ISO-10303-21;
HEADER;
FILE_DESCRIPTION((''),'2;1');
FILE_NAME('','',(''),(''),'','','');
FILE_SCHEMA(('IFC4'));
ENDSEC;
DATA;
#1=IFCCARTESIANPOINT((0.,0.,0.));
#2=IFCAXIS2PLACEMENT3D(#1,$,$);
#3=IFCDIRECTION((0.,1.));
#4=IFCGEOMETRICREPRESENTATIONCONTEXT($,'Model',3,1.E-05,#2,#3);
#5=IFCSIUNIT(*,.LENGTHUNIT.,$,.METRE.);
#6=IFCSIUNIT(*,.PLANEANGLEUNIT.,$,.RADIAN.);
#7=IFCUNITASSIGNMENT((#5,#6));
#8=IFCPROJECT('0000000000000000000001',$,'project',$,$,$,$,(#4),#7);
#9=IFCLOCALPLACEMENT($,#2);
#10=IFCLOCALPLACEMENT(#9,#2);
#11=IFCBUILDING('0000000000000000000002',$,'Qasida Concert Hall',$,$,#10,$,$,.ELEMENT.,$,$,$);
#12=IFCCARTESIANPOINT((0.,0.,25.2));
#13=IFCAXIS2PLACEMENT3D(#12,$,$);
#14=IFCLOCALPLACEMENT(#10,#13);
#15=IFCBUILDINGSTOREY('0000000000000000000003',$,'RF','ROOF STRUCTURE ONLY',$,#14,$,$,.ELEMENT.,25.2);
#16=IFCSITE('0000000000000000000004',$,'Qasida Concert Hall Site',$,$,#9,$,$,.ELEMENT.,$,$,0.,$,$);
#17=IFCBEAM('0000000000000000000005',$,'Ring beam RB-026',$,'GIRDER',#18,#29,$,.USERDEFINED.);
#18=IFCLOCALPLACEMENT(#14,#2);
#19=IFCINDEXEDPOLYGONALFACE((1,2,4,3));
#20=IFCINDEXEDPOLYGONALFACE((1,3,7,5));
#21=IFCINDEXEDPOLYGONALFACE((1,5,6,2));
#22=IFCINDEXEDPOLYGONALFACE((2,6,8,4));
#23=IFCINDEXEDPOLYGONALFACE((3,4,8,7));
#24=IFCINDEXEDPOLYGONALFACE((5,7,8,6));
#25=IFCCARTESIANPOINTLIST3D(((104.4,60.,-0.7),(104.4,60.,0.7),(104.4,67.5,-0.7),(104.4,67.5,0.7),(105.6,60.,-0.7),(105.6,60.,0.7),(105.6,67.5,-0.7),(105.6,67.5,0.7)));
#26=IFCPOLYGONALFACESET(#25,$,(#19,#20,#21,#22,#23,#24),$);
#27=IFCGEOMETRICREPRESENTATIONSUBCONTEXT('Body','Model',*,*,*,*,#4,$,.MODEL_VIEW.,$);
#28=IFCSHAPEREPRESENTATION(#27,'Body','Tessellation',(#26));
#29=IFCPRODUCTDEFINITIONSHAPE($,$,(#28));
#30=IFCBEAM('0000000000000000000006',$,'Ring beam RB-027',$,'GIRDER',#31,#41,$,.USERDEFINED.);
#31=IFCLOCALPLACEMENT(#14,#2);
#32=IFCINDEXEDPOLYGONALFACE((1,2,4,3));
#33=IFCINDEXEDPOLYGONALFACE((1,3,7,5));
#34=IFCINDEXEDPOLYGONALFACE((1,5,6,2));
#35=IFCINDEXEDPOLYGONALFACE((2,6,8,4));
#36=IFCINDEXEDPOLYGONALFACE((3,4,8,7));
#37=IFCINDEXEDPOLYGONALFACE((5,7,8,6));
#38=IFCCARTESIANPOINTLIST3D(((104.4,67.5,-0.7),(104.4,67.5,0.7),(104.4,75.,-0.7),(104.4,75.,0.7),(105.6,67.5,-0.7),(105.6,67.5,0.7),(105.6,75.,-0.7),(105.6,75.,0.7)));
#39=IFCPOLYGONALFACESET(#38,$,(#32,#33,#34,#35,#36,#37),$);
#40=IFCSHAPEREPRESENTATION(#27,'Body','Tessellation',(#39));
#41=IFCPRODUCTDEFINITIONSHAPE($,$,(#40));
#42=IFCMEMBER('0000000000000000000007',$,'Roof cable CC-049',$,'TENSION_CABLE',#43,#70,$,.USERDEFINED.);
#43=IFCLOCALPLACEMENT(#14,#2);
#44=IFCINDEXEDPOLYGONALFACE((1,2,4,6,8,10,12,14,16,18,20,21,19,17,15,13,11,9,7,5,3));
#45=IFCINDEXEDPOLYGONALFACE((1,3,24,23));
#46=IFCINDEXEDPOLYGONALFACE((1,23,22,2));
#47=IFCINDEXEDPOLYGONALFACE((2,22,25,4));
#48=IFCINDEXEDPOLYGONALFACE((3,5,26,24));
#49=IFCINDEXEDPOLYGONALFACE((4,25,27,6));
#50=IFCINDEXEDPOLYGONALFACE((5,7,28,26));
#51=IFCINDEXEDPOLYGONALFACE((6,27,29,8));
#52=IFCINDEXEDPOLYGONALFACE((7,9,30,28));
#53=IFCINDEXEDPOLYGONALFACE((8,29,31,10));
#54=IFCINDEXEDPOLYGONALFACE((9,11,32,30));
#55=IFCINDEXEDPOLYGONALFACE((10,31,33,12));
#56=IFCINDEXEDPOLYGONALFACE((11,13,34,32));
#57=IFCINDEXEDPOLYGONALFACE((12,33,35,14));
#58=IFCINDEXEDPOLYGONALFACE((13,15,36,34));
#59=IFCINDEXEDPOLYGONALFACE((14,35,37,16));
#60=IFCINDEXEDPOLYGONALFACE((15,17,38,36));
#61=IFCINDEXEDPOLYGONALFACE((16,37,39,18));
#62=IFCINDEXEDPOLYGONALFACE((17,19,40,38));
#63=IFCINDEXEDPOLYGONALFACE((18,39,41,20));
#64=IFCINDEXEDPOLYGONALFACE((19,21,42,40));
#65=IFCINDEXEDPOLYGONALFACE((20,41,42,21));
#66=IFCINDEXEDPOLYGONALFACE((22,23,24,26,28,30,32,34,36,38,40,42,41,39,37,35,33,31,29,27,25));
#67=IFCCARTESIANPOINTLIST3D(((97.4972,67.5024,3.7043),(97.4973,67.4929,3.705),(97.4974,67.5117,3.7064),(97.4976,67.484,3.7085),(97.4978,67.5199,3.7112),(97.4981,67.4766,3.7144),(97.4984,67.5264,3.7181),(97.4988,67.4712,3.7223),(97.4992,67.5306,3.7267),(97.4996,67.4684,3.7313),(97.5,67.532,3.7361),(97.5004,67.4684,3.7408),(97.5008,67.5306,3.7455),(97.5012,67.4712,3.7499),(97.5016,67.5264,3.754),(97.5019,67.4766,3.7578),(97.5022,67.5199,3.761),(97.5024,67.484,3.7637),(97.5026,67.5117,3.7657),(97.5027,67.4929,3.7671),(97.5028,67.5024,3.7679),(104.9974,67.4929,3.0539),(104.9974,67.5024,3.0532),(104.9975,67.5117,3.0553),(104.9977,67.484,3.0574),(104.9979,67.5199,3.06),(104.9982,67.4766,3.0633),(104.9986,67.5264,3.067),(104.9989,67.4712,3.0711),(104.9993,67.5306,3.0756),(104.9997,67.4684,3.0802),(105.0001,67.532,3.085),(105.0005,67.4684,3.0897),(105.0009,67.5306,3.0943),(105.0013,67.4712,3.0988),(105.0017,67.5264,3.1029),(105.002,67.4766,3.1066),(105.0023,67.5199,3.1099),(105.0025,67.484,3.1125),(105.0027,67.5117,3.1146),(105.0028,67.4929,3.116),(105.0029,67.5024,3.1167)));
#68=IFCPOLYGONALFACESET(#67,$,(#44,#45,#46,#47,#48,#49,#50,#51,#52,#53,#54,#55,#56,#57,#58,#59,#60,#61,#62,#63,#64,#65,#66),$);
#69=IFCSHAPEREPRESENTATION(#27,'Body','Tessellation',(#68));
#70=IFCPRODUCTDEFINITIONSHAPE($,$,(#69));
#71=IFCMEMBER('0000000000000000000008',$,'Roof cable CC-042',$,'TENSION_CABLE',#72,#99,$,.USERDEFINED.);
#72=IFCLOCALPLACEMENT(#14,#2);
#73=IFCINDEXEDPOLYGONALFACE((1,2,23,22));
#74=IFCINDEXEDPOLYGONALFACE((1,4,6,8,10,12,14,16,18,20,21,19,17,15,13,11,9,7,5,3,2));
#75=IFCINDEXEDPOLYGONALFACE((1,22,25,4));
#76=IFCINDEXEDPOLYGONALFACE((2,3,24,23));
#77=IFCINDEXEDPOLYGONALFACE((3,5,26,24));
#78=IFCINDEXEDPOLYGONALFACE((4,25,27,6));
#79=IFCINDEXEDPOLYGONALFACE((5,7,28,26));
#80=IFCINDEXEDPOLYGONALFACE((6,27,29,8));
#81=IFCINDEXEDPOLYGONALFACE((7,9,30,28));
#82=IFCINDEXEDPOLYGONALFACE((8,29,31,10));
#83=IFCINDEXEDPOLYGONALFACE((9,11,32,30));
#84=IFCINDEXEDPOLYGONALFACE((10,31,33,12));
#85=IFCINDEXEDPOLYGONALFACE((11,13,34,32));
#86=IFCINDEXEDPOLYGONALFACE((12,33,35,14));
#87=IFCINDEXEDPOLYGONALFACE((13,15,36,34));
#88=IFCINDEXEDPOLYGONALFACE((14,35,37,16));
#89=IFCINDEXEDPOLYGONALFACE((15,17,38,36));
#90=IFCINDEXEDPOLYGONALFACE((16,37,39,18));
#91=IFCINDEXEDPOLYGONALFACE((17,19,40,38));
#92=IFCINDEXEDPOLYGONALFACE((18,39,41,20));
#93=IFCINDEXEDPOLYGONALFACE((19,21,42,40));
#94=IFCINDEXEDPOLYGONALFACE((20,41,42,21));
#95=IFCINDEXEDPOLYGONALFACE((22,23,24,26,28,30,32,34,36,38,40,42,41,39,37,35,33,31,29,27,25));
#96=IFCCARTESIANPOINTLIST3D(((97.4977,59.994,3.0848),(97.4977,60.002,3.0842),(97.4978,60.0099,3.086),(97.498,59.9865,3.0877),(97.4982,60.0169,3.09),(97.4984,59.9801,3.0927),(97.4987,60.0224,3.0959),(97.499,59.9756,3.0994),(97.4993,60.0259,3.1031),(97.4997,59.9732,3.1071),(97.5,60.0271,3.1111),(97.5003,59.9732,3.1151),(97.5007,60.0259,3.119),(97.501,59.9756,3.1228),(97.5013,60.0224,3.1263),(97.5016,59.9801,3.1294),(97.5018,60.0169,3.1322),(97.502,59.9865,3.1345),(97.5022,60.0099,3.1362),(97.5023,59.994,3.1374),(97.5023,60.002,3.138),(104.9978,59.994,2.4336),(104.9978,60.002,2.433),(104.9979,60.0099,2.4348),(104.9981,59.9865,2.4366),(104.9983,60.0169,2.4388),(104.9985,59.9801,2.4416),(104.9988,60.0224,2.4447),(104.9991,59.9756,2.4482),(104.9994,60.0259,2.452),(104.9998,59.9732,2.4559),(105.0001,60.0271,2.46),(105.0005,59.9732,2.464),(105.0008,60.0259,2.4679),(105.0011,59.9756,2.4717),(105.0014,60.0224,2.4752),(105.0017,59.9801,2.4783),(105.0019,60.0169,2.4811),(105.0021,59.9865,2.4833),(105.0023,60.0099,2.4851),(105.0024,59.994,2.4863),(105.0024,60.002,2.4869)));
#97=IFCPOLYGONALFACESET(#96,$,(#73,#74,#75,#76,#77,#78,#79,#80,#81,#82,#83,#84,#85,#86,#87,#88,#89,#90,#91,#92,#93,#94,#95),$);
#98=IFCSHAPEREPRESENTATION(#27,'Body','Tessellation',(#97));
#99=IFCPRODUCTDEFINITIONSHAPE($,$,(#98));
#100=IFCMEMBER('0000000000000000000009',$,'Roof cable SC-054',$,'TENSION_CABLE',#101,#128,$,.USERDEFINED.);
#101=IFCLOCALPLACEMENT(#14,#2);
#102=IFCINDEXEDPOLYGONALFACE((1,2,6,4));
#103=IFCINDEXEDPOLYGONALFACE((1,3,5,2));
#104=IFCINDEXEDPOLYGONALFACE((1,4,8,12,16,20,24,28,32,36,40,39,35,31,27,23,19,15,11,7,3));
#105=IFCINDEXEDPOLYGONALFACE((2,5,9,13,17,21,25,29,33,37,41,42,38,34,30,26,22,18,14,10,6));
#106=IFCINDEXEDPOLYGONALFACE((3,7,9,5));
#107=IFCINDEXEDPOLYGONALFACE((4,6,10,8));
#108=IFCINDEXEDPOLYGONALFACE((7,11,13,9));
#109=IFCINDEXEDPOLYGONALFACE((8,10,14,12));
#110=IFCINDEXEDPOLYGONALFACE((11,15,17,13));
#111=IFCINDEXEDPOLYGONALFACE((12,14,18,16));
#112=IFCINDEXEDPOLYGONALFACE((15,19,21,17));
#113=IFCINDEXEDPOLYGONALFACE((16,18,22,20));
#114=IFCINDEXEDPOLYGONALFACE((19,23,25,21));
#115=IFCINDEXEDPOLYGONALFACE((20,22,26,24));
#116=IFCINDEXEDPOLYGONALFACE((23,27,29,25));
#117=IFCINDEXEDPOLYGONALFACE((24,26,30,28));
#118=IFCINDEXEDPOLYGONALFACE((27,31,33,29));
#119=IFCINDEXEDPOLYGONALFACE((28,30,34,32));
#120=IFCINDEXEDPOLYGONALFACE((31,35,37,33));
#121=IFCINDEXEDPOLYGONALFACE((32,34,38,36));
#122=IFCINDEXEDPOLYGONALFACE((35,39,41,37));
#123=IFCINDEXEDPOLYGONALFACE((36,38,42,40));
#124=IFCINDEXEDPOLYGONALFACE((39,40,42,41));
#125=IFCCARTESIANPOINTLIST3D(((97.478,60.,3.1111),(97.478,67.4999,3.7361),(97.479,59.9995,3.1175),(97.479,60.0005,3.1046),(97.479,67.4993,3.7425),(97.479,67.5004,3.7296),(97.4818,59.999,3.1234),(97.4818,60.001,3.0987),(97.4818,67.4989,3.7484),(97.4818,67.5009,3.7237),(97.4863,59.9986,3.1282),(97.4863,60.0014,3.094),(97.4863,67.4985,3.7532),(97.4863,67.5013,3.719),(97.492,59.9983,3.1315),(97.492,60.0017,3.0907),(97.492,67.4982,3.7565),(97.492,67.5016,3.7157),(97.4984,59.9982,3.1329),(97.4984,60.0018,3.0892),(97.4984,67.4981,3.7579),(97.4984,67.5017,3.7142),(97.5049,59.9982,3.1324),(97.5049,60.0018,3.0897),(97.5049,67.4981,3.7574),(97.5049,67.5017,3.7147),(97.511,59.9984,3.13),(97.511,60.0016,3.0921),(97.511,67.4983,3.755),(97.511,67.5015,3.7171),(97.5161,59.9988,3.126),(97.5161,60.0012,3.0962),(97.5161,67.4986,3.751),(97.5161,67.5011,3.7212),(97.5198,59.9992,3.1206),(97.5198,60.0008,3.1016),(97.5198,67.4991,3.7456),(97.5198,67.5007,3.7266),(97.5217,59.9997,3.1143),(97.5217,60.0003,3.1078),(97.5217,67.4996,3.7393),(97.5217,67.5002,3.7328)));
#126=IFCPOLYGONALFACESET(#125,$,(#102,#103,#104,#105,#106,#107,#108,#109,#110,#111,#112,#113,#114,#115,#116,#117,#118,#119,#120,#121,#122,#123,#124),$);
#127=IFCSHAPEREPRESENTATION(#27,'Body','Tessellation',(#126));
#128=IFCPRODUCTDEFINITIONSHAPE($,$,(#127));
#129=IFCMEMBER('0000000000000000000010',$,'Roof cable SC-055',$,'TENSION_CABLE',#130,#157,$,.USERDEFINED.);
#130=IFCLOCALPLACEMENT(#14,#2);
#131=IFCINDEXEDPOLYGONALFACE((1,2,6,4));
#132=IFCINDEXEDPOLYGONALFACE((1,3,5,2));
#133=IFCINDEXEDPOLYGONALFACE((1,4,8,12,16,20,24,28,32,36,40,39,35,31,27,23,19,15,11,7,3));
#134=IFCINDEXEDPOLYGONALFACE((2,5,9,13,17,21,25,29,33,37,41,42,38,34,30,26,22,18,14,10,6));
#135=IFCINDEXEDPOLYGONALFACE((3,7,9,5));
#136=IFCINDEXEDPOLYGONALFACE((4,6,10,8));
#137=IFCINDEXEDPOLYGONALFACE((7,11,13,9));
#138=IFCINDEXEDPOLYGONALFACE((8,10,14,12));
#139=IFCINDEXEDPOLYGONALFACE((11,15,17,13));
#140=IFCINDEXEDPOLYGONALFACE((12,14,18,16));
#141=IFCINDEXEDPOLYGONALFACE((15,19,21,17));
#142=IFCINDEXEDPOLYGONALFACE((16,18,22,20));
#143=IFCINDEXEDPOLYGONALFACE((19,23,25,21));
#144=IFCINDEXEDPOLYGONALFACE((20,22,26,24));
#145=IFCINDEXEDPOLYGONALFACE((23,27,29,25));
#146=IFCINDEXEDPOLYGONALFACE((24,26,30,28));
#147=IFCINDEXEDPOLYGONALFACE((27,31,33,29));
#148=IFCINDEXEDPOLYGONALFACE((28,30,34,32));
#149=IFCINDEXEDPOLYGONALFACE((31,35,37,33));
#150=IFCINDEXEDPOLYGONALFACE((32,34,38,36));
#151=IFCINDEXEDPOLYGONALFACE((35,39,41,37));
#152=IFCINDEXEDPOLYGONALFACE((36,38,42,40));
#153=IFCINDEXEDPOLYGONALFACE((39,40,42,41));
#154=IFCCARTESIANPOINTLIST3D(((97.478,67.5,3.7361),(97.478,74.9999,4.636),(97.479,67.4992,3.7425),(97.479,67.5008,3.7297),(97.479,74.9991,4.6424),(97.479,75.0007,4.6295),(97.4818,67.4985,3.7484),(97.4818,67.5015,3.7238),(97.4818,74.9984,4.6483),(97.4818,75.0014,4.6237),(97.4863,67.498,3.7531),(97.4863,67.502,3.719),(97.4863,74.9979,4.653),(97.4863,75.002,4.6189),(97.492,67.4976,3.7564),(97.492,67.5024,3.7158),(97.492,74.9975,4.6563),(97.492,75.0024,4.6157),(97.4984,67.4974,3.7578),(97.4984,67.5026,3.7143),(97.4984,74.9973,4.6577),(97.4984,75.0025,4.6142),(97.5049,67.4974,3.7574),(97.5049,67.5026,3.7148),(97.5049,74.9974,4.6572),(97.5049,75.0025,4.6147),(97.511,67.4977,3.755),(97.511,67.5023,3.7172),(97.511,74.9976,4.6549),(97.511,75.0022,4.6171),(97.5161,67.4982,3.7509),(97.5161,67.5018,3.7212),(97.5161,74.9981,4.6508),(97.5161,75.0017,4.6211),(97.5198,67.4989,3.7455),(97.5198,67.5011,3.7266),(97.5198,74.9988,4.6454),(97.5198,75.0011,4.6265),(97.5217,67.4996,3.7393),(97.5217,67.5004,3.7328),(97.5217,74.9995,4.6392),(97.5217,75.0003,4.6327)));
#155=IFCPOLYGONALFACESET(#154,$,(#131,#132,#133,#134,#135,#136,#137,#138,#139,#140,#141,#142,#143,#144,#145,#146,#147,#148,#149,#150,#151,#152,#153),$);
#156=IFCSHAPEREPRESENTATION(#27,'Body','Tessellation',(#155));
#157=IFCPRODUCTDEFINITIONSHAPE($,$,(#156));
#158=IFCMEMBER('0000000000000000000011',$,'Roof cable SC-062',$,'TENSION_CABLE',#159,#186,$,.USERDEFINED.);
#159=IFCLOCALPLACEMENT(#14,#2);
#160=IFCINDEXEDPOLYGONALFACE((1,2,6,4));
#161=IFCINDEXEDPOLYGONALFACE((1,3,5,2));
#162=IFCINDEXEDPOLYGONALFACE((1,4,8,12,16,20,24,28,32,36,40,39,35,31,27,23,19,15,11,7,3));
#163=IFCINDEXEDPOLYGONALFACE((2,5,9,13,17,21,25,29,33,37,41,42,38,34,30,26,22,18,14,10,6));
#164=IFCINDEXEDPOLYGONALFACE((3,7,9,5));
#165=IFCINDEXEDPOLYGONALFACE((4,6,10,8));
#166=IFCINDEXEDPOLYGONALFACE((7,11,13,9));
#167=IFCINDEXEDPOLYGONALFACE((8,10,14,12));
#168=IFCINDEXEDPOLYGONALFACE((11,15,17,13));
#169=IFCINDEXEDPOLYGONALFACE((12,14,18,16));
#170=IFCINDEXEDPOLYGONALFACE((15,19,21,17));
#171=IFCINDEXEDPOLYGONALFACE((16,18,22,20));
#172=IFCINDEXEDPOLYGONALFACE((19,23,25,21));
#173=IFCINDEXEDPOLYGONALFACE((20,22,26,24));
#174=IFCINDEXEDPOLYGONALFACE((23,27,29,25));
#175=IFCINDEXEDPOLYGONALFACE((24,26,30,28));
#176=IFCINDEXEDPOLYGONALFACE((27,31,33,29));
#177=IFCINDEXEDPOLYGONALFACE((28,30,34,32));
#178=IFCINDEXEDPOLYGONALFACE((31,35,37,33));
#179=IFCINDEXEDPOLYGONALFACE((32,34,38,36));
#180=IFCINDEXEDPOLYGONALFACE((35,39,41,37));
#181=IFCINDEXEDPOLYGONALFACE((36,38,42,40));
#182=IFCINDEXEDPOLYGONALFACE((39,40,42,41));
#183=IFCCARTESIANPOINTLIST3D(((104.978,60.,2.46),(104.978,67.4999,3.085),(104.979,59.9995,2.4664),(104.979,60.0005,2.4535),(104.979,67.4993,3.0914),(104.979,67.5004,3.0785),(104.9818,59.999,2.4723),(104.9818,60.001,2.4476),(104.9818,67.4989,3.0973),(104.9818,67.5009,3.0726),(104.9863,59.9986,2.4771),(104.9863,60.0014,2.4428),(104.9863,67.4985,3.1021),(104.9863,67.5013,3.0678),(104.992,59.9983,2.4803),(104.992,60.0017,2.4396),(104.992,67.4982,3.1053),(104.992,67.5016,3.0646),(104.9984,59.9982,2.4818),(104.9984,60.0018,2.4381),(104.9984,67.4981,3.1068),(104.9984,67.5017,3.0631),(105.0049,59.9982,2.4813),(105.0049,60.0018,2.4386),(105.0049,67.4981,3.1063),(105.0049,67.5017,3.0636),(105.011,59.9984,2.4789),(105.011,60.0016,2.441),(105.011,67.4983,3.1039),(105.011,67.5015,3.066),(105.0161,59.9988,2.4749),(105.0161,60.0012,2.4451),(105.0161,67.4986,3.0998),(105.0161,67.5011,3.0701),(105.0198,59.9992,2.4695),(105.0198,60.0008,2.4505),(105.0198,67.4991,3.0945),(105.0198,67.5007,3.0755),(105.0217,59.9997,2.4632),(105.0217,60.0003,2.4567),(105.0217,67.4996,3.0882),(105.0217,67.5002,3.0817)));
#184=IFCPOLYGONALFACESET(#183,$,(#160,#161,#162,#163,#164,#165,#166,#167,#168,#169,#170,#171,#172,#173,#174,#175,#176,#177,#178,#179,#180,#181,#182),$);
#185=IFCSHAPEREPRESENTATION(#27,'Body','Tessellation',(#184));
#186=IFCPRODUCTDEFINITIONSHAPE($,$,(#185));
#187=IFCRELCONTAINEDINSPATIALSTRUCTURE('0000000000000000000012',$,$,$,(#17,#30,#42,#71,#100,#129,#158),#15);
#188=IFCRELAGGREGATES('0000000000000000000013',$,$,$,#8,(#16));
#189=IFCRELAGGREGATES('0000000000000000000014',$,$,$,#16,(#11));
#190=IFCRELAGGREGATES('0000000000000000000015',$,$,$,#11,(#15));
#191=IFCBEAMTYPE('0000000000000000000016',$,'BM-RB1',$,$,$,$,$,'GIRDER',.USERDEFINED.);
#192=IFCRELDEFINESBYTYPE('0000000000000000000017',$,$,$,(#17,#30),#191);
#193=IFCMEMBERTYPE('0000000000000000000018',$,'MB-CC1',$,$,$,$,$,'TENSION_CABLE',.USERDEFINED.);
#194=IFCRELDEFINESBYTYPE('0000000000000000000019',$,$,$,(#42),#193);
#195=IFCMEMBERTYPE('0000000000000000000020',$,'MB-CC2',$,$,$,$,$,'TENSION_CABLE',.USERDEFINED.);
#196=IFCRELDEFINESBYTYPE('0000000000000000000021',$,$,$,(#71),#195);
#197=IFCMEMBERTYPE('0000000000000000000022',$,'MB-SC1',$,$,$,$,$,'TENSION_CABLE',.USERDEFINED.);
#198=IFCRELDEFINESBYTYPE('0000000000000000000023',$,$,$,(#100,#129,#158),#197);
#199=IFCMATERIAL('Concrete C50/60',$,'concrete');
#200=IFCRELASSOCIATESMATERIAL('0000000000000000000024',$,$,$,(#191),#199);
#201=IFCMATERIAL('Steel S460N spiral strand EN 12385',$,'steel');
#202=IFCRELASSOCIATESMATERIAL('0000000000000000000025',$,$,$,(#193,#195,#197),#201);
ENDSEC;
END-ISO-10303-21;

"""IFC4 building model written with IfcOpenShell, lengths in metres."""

from ifc_helpers import new_model, si_unit, direction, frame, origin, origin_2d, place, context, subcontext, project, spatial, rectangle, circle, extrude, material, material_profile, profile_set, type_object, element, save


model = new_model("IFC4")

# Units and contexts
model_context = context("Model", 3, precision=1e-05, world=origin(), true_north=direction((0.0, 1.0)))
body_context = subcontext(model_context, "Body", "Model", "MODEL_VIEW")
ifc_project = project(units=[si_unit("LENGTHUNIT", "METRE"), si_unit("PLANEANGLEUNIT", "RADIAN")], contexts=[model_context])

# Site, building, storey
site_placement = place(None, origin())
site = spatial("IfcSite", under=ifc_project, at=site_placement, Name="Qasida Concert Hall Site", CompositionType="ELEMENT", RefElevation=0.0)
building_placement = place(site_placement, origin())
building = spatial("IfcBuilding", under=site, at=building_placement, Name="Qasida Concert Hall", CompositionType="ELEMENT")
storey_placement = place(building_placement, frame((0.0, 0.0, 25.2)))
storey = spatial("IfcBuildingStorey", under=building, at=storey_placement, Name="RF", Description="ROOF STRUCTURE ONLY", CompositionType="ELEMENT", Elevation=25.2)

# Beams
ifc_material_1 = material(Name="Concrete C50/60", Category="concrete")
ifc_material_profile_1 = material_profile(ifc_material_1, rectangle(XDim=1.2, YDim=1.3999, at=origin_2d()), Name="RC 1200x1400")
ifc_profile_set_1 = profile_set([ifc_material_profile_1], Name="Concrete C50/60")
beam_type = type_object("IfcBeamType", Name="BM-RB1", ElementType="GIRDER", PredefinedType="USERDEFINED", material=ifc_profile_set_1)
for number, where, z_axis, x_axis, name in (
    (1, (105.0, 60.0, 0.0), (0.0, 1.0, 0.0), (-1.0, 0.0, 0.0), "Ring beam RB-026"),
    (2, (105.0, 67.5, 0.0), (0.0, 1.0, 0.0), (-1.0, 0.0, 0.0), "Ring beam RB-027"),
):
    element("IfcBeam", number, at=place(storey_placement, frame(where, z_axis=z_axis, x_axis=x_axis)), inside=storey, type_object=beam_type, Name=name, ObjectType="GIRDER", PredefinedType="USERDEFINED", context=body_context, shape_type="SweptSolid", body=[
        extrude(rectangle(XDim=1.2, YDim=1.3999, at=origin_2d()), origin(), (0.0, 0.0, 1.0), 7.5),
    ])

# Members
ifc_material_2 = material(Name="Steel S460N spiral strand EN 12385", Category="steel")
ifc_material_profile_2 = material_profile(ifc_material_2, circle(Radius=0.032, at=origin_2d()), Name="STRAND D64")
ifc_profile_set_2 = profile_set([ifc_material_profile_2], Name="Steel S460N spiral strand EN 12385")
member_type_1 = type_object("IfcMemberType", Name="MB-CC1", ElementType="TENSION_CABLE", PredefinedType="USERDEFINED", material=ifc_profile_set_2)
member_1_placement = place(storey_placement, frame((97.5, 67.5, 3.7361), z_axis=(0.996253, 0.0, -0.086491), x_axis=(0.0, 1.0, 0.0)))
element("IfcMember", 3, at=member_1_placement, inside=storey, type_object=member_type_1, Name="Roof cable CC-049", ObjectType="TENSION_CABLE", PredefinedType="USERDEFINED", context=body_context, shape_type="SweptSolid", body=[
    extrude(circle(Radius=0.032, at=origin_2d()), origin(), (0.0, 0.0, 1.0), 7.5283),
])
ifc_material_profile_3 = material_profile(ifc_material_2, circle(Radius=0.0271, at=origin_2d()), Name="STRAND D54")
ifc_profile_set_3 = profile_set([ifc_material_profile_3], Name="Steel S460N spiral strand EN 12385")
member_type_2 = type_object("IfcMemberType", Name="MB-CC2", ElementType="TENSION_CABLE", PredefinedType="USERDEFINED", material=ifc_profile_set_3)
member_2_placement = place(storey_placement, frame((97.5, 60.0, 3.1111), z_axis=(0.996253, 0.0, -0.086491), x_axis=(0.0, 1.0, 0.0)))
element("IfcMember", 4, at=member_2_placement, inside=storey, type_object=member_type_2, Name="Roof cable CC-042", ObjectType="TENSION_CABLE", PredefinedType="USERDEFINED", context=body_context, shape_type="SweptSolid", body=[
    extrude(circle(Radius=0.0271, at=origin_2d()), origin(), (0.0, 0.0, 1.0), 7.5283),
])
ifc_material_profile_4 = material_profile(ifc_material_2, circle(Radius=0.022, at=origin_2d()), Name="STRAND D44")
ifc_profile_set_4 = profile_set([ifc_material_profile_4], Name="Steel S460N spiral strand EN 12385")
member_type_3 = type_object("IfcMemberType", Name="MB-SC1", ElementType="TENSION_CABLE", PredefinedType="USERDEFINED", material=ifc_profile_set_4)
member_3_placement = place(storey_placement, frame((97.5, 60.0, 3.1111), z_axis=(0.0, 0.996546, 0.083045), x_axis=(-1.0, 0.0, 0.0)))
element("IfcMember", 5, at=member_3_placement, inside=storey, type_object=member_type_3, Name="Roof cable SC-054", ObjectType="TENSION_CABLE", PredefinedType="USERDEFINED", context=body_context, shape_type="SweptSolid", body=[
    extrude(circle(Radius=0.022, at=origin_2d()), origin(), (0.0, 0.0, 1.0), 7.5259),
])
member_4_placement = place(storey_placement, frame((97.5, 67.5, 3.7361), z_axis=(0.0, 0.992878, 0.119132), x_axis=(-1.0, 0.0, 0.0)))
element("IfcMember", 6, at=member_4_placement, inside=storey, type_object=member_type_3, Name="Roof cable SC-055", ObjectType="TENSION_CABLE", PredefinedType="USERDEFINED", context=body_context, shape_type="SweptSolid", body=[
    extrude(circle(Radius=0.022, at=origin_2d()), origin(), (0.0, 0.0, 1.0), 7.5537),
])
member_5_placement = place(storey_placement, frame((105.0, 60.0, 2.46), z_axis=(0.0, 0.996546, 0.083045), x_axis=(-1.0, 0.0, 0.0)))
element("IfcMember", 7, at=member_5_placement, inside=storey, type_object=member_type_3, Name="Roof cable SC-062", ObjectType="TENSION_CABLE", PredefinedType="USERDEFINED", context=body_context, shape_type="SweptSolid", body=[
    extrude(circle(Radius=0.022, at=origin_2d()), origin(), (0.0, 0.0, 1.0), 7.5259),
])

save(model, "model.ifc")
